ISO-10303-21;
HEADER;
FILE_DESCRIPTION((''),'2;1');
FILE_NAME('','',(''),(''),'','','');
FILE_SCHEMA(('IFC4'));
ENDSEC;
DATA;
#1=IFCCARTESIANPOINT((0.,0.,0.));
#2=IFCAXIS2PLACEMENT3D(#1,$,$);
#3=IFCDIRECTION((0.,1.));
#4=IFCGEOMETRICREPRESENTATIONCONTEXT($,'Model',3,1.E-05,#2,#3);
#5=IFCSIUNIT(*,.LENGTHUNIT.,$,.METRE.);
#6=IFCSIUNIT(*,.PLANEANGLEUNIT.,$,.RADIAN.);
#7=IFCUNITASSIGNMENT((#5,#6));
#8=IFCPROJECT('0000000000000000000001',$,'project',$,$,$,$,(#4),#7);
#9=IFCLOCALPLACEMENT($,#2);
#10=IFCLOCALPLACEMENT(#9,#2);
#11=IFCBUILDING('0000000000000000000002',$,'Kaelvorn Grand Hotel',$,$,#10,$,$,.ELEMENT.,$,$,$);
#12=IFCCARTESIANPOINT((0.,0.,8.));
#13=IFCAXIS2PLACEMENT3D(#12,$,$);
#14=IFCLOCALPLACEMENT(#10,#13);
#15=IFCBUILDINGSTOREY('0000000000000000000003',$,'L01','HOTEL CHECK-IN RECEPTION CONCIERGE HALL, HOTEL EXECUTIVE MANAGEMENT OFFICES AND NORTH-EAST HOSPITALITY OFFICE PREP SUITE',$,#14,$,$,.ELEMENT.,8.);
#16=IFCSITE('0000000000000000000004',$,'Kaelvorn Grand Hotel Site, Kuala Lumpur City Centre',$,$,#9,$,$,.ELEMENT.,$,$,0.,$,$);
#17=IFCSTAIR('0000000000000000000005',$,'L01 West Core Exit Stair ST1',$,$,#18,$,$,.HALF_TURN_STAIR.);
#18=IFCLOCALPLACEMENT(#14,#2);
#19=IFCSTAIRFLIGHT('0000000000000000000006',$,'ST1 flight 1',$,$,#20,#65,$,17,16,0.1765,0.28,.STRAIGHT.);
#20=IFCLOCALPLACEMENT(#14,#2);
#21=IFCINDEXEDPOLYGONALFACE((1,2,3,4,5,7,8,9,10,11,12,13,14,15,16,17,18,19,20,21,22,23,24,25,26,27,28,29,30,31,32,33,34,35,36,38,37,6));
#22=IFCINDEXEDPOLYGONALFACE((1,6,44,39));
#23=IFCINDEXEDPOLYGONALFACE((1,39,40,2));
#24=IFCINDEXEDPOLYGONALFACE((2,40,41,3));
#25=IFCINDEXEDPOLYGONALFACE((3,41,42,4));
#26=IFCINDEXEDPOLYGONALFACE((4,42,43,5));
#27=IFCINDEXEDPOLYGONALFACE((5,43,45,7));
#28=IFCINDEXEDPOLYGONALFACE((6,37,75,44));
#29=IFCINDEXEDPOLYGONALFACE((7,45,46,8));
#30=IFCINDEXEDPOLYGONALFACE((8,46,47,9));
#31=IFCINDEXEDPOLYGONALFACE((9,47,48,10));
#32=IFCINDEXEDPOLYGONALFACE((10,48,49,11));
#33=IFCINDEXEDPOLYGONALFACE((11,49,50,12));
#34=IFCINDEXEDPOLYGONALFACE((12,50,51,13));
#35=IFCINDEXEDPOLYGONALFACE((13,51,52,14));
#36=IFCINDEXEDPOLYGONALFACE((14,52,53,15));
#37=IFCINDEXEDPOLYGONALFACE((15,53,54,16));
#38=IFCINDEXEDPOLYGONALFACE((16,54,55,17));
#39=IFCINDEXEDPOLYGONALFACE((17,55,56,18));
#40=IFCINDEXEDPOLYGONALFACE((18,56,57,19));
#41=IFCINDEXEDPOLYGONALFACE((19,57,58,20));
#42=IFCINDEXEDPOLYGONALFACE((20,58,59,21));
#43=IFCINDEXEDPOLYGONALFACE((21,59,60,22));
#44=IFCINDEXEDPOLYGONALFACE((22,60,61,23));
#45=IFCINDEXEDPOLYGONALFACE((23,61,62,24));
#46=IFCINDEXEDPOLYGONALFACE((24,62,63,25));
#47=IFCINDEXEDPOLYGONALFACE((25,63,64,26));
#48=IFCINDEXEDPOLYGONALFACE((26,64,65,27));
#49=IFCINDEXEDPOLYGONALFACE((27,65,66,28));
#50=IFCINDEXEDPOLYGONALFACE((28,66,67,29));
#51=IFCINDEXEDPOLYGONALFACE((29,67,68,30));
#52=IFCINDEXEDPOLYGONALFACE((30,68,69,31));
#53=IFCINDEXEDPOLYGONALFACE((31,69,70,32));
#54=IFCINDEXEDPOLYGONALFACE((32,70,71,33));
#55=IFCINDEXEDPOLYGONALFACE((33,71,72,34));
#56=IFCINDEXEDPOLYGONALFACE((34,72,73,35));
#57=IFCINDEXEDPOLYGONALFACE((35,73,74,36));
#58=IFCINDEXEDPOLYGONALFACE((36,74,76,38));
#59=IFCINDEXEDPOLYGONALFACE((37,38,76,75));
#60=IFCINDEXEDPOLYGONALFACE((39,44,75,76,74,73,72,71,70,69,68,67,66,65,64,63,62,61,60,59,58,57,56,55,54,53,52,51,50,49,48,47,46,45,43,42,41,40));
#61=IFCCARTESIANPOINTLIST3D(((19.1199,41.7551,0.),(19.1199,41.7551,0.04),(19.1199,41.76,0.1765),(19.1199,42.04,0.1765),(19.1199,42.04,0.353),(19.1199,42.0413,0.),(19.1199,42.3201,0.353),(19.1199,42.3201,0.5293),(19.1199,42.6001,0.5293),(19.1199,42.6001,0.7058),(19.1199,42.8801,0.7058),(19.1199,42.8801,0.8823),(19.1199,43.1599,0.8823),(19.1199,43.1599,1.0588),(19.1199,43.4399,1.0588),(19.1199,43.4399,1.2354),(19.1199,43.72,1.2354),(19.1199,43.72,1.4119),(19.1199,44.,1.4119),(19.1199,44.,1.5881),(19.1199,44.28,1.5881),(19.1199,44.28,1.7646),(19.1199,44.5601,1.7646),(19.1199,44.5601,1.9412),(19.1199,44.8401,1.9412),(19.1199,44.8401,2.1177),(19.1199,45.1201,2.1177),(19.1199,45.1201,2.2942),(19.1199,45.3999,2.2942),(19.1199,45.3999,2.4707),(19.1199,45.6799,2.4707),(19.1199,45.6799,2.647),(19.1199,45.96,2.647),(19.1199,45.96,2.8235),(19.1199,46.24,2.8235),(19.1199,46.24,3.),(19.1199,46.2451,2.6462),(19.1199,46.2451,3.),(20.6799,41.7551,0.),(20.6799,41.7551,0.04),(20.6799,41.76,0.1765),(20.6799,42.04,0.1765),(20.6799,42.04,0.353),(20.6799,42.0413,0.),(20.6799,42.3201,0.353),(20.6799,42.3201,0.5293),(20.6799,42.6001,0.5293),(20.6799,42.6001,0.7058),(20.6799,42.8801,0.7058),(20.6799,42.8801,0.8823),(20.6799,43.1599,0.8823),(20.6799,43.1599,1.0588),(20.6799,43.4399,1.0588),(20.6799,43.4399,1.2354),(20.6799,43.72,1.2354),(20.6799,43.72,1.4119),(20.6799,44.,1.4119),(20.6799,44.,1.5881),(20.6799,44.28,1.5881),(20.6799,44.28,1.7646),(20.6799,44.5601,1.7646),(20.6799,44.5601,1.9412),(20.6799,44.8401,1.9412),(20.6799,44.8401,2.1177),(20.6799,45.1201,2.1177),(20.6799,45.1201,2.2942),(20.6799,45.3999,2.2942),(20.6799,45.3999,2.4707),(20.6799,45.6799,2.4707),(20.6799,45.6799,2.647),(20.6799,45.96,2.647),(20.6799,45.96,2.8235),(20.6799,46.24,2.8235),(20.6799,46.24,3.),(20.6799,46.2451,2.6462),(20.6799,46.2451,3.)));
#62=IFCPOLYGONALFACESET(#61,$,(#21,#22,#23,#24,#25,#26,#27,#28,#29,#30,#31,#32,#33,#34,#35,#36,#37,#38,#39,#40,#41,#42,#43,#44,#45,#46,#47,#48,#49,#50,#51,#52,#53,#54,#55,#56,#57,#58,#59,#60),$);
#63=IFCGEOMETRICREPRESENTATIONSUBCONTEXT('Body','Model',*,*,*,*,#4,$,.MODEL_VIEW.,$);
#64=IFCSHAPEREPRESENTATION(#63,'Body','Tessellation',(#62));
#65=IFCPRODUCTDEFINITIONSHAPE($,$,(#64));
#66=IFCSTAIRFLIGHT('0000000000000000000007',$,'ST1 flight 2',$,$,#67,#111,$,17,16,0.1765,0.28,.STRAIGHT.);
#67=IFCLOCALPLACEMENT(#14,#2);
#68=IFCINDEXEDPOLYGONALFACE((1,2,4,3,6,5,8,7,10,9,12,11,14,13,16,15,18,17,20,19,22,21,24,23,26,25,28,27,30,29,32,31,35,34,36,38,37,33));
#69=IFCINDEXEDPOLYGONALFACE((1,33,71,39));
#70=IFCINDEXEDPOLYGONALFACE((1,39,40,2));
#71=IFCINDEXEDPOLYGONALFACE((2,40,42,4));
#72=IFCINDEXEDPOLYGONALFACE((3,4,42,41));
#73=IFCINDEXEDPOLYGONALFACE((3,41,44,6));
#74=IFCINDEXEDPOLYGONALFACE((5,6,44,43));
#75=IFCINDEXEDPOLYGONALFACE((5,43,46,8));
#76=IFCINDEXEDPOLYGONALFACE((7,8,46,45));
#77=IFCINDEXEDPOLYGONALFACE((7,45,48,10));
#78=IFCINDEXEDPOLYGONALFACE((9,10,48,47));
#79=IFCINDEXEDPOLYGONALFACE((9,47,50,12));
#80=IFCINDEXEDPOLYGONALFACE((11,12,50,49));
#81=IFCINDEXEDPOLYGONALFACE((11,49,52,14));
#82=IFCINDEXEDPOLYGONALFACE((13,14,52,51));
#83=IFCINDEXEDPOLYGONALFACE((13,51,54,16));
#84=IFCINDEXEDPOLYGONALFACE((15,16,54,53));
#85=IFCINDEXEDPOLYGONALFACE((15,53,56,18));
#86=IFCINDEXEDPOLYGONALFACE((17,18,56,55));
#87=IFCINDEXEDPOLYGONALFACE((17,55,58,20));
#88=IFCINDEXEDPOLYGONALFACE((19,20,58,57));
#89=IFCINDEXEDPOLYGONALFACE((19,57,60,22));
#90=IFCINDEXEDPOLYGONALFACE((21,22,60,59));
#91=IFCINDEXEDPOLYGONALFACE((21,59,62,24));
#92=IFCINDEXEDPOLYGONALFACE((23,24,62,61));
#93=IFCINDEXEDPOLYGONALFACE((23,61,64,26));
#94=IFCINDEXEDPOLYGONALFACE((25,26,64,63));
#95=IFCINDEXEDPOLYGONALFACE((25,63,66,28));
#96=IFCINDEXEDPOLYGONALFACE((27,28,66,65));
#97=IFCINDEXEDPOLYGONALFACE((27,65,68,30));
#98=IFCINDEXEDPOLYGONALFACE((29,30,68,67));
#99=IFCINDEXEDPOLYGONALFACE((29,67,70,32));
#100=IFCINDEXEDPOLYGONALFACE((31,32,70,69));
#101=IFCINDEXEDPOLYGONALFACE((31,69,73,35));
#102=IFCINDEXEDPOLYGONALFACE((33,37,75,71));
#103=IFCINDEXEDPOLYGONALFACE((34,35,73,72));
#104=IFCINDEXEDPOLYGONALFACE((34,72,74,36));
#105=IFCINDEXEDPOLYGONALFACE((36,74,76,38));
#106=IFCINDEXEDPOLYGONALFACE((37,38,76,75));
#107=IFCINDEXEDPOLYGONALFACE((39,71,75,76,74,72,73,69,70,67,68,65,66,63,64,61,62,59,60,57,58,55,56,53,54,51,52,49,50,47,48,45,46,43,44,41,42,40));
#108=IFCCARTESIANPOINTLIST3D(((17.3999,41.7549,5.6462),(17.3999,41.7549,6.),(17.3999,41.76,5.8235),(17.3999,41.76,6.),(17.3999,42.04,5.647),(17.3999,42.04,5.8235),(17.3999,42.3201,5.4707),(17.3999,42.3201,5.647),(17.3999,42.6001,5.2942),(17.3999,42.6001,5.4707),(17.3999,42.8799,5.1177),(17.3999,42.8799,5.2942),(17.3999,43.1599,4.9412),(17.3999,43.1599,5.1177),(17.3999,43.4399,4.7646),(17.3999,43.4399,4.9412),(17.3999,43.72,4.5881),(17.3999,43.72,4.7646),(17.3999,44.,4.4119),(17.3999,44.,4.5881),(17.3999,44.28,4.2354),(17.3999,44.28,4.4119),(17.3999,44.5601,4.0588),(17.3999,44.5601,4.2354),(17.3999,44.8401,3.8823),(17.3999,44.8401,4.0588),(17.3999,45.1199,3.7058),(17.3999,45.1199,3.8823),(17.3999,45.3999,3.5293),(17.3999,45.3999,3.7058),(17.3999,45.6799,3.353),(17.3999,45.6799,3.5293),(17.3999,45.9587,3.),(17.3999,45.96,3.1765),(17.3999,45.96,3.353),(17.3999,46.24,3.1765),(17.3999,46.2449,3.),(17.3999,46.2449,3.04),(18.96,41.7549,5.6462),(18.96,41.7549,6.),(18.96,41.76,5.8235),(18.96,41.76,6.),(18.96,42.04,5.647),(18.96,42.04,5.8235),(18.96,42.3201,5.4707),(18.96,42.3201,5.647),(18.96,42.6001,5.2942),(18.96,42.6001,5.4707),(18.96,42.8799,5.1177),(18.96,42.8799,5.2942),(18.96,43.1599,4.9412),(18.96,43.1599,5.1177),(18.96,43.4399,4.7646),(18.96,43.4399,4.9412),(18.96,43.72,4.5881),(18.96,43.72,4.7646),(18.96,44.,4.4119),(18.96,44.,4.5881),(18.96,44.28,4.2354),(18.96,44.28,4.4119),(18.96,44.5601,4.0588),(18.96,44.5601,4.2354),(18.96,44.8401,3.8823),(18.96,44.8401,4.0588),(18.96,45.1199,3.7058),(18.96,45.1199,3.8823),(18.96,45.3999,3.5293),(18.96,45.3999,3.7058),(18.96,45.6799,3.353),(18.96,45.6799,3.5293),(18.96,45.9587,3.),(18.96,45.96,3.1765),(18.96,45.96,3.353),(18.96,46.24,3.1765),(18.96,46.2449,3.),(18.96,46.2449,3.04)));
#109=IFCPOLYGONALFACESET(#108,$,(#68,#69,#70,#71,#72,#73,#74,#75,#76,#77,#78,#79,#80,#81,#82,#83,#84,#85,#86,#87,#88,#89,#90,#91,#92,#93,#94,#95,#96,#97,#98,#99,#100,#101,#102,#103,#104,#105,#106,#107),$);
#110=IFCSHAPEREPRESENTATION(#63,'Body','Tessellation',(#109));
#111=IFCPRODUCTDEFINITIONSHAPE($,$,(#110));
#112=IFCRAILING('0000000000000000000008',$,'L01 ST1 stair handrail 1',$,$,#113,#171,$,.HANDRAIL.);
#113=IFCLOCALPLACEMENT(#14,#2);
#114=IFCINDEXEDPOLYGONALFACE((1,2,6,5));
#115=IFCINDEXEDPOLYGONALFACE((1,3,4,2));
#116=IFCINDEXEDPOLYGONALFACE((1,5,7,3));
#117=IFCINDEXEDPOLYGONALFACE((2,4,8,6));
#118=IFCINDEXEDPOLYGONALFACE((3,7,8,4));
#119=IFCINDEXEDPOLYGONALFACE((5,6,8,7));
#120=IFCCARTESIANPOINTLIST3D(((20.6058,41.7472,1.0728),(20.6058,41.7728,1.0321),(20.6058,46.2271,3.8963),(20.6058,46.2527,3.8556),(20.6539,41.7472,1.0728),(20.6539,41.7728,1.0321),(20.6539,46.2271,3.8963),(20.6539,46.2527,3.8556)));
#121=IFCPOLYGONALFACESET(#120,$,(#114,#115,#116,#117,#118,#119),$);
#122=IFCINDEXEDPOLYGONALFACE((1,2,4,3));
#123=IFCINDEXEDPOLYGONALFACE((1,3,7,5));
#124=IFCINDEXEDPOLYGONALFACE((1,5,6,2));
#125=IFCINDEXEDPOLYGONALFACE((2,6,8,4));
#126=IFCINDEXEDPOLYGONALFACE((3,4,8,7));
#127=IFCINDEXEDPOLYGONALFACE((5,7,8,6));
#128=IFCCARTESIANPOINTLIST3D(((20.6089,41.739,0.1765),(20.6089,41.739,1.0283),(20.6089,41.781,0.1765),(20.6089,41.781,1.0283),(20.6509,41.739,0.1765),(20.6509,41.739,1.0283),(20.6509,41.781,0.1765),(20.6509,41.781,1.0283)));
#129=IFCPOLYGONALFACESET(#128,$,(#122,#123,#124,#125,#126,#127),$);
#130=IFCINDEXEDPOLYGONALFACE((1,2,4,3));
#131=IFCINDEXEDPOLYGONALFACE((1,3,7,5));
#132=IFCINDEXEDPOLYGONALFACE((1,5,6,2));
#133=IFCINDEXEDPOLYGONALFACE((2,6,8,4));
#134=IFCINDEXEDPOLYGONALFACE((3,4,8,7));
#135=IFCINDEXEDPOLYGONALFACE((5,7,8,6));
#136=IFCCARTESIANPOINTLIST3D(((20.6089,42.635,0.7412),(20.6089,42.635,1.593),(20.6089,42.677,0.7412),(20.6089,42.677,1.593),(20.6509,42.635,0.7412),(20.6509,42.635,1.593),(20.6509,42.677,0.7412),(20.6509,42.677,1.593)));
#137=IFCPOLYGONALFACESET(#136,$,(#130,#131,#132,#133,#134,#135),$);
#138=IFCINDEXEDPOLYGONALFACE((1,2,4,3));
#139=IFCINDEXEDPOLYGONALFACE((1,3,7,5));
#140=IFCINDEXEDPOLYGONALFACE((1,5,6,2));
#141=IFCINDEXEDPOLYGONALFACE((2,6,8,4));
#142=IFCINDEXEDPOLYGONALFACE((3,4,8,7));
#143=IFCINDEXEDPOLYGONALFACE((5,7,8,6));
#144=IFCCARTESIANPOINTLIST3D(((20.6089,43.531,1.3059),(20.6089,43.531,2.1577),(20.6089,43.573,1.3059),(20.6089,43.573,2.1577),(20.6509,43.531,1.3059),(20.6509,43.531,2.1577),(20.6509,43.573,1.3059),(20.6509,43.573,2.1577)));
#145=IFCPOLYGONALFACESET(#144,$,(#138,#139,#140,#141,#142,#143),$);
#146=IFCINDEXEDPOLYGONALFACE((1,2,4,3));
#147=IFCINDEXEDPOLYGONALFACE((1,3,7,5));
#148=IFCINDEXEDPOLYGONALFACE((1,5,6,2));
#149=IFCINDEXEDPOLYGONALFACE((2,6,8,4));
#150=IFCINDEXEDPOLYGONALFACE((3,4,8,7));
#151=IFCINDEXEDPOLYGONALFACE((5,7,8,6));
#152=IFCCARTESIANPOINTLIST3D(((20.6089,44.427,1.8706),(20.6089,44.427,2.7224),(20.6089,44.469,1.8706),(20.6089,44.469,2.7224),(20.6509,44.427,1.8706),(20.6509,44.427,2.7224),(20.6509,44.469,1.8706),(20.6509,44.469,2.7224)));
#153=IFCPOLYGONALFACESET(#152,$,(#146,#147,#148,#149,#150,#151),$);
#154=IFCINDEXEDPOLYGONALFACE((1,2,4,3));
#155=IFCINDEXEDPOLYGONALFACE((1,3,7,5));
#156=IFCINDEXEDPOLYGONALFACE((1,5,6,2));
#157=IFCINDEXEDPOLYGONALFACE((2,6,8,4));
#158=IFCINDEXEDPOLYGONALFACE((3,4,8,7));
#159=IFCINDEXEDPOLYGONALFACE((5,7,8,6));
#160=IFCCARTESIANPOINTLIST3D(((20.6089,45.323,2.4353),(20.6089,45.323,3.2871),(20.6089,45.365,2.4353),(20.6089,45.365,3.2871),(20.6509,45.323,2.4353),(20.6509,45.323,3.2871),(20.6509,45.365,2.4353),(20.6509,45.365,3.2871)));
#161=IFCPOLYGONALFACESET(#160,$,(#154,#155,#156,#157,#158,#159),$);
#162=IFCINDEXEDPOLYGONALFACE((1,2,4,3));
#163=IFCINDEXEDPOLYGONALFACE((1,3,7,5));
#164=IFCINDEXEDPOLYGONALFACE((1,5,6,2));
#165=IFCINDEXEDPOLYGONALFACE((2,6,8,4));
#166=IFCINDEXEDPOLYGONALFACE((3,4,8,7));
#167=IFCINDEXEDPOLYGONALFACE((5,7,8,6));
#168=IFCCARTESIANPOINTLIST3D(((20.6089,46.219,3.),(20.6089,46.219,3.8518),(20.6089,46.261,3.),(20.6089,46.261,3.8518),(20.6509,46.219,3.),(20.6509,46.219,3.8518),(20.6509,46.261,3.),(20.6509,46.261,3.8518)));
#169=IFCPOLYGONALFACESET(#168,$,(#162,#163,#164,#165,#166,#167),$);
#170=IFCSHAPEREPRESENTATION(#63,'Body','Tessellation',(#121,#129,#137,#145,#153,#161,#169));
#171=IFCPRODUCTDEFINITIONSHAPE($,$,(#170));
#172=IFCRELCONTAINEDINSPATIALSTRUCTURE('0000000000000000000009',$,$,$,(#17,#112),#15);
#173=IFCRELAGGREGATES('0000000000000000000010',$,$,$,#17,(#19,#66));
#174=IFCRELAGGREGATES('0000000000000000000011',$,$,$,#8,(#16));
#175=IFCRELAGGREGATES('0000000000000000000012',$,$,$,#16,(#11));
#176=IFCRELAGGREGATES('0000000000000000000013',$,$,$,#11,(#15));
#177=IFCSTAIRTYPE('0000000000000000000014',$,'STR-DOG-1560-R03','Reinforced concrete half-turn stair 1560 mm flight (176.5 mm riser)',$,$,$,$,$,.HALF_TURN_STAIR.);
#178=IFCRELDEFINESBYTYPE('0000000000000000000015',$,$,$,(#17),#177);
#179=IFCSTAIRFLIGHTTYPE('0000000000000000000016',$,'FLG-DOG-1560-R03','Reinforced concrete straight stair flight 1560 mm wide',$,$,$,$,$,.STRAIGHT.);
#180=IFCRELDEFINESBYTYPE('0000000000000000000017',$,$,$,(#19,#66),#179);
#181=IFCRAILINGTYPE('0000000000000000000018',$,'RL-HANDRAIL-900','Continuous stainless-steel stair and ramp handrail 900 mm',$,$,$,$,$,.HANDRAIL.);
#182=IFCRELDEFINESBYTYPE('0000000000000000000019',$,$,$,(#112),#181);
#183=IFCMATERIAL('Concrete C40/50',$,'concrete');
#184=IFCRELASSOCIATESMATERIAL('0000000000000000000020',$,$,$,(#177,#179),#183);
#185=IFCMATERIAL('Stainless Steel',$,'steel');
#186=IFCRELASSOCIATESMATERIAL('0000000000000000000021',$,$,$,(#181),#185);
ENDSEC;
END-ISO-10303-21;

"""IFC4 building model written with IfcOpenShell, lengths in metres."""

from ifc_helpers import new_model, si_unit, direction, frame, origin, origin_2d, place, context, subcontext, project, spatial, polyline, rectangle, outline, extrude, material, type_object, element, aggregate, save


model = new_model("IFC4")

# Units and contexts
model_context = context("Model", 3, precision=1e-05, world=origin(), true_north=direction((0.0, 1.0)))
body_context = subcontext(model_context, "Body", "Model", "MODEL_VIEW")
ifc_project = project(units=[si_unit("LENGTHUNIT", "METRE"), si_unit("PLANEANGLEUNIT", "RADIAN")], contexts=[model_context])

# Site, building, storey
site_placement = place(None, origin())
site = spatial("IfcSite", under=ifc_project, at=site_placement, Name="Kaelvorn Grand Hotel Site, Kuala Lumpur City Centre", CompositionType="ELEMENT", RefElevation=0.0)
building_placement = place(site_placement, origin())
building = spatial("IfcBuilding", under=site, at=building_placement, Name="Kaelvorn Grand Hotel", CompositionType="ELEMENT")
storey_placement = place(building_placement, frame((0.0, 0.0, 8.0)))
storey = spatial("IfcBuildingStorey", under=building, at=storey_placement, Name="L01", Description="HOTEL CHECK-IN RECEPTION CONCIERGE HALL, HOTEL EXECUTIVE MANAGEMENT OFFICES AND NORTH-EAST HOSPITALITY OFFICE PREP SUITE", CompositionType="ELEMENT", Elevation=8.0)

# Shared definitions
ifc_material_1 = material(Name="Concrete C40/50", Category="concrete")

# Shared definitions
ifc_material_2 = material(Name="Stainless Steel", Category="steel")

# Stair, stair flights
stair_type = type_object("IfcStairType", Name="STR-DOG-1560-R03", Description="Reinforced concrete half-turn stair 1560 mm flight (176.5 mm riser)", PredefinedType="HALF_TURN_STAIR", material=ifc_material_1)
stair_placement = place(storey_placement, origin())
stair = element("IfcStair", 1, at=stair_placement, inside=storey, type_object=stair_type, Name="L01 West Core Exit Stair ST1", PredefinedType="HALF_TURN_STAIR")
stair_flight_type = type_object("IfcStairFlightType", Name="FLG-DOG-1560-R03", Description="Reinforced concrete straight stair flight 1560 mm wide", PredefinedType="STRAIGHT", material=ifc_material_1)
stair_flight_1_placement = place(storey_placement, frame((19.8999, 41.76, 0.0), z_axis=(0.0, 0.0, 1.0), x_axis=(0.0, 1.0, 0.0)))
stair_flight_1 = element("IfcStairFlight", 2, at=stair_flight_1_placement, type_object=stair_flight_type, Name="ST1 flight 1", NumberOfRisers=17, NumberOfTreads=16, PredefinedType="STRAIGHT", RiserHeight=0.1765, TreadLength=0.28, context=body_context, shape_type="SweptSolid", body=[
    extrude(outline(polyline([(-0.0049, 0.0), (-0.0049, 0.04), (0.0, 0.1765), (0.28, 0.1765), (0.28, 0.353), (0.5601, 0.353), (0.5601, 0.5293), (0.8401, 0.5293), (0.8401, 0.7058), (1.1201, 0.7058), (1.1201, 0.8823), (1.3999, 0.8823), (1.3999, 1.0588), (1.6799, 1.0588), (1.6799, 1.2354), (1.96, 1.2354), (1.96, 1.4119), (2.24, 1.4119), (2.24, 1.5881), (2.52, 1.5881), (2.52, 1.7646), (2.8, 1.7646), (2.8, 1.9412), (3.0801, 1.9412), (3.0801, 2.1177), (3.3601, 2.1177), (3.3601, 2.2942), (3.6399, 2.2942), (3.6399, 2.4707), (3.9199, 2.4707), (3.9199, 2.647), (4.2, 2.647), (4.2, 2.8235), (4.48, 2.8235), (4.48, 3.0), (4.4851, 3.0), (4.4851, 2.6462), (0.2812, 0.0), (-0.0049, 0.0)])), frame((0.0, 0.78, 0.0), z_axis=(0.0, -1.0, 0.0), x_axis=(1.0, 0.0, 0.0)), (0.0, 0.0, 1.0), 1.5601),
])
stair_flight_2_placement = place(storey_placement, frame((18.1799, 46.24, 3.0), z_axis=(0.0, 0.0, 1.0), x_axis=(0.0, -1.0, 0.0)))
stair_flight_2 = element("IfcStairFlight", 3, at=stair_flight_2_placement, type_object=stair_flight_type, Name="ST1 flight 2", NumberOfRisers=17, NumberOfTreads=16, PredefinedType="STRAIGHT", RiserHeight=0.1765, TreadLength=0.28, context=body_context, shape_type="SweptSolid", body=[
    extrude(outline(polyline([(-0.0049, 0.0), (-0.0049, 0.04), (0.0, 0.1765), (0.28, 0.1765), (0.28, 0.353), (0.5601, 0.353), (0.5601, 0.5293), (0.8401, 0.5293), (0.8401, 0.7058), (1.1201, 0.7058), (1.1201, 0.8823), (1.3999, 0.8823), (1.3999, 1.0588), (1.6799, 1.0588), (1.6799, 1.2354), (1.96, 1.2354), (1.96, 1.4119), (2.24, 1.4119), (2.24, 1.5881), (2.52, 1.5881), (2.52, 1.7646), (2.8, 1.7646), (2.8, 1.9412), (3.0801, 1.9412), (3.0801, 2.1177), (3.3601, 2.1177), (3.3601, 2.2942), (3.6399, 2.2942), (3.6399, 2.4707), (3.9199, 2.4707), (3.9199, 2.647), (4.2, 2.647), (4.2, 2.8235), (4.48, 2.8235), (4.48, 3.0), (4.4851, 3.0), (4.4851, 2.6462), (0.2812, 0.0), (-0.0049, 0.0)])), frame((0.0, 0.78, 0.0), z_axis=(0.0, -1.0, 0.0), x_axis=(1.0, 0.0, 0.0)), (0.0, 0.0, 1.0), 1.5601),
])
aggregate(stair, [stair_flight_1, stair_flight_2])

# Railing
railing_type_1 = type_object("IfcRailingType", Name="RL-HANDRAIL-900", Description="Continuous stainless-steel stair and ramp handrail 900 mm", PredefinedType="HANDRAIL", material=ifc_material_2)
railing_1_placement = place(storey_placement, frame((20.6299, 41.76, 0.1765)))
element("IfcRailing", 4, at=railing_1_placement, inside=storey, type_object=railing_type_1, Name="L01 ST1 stair handrail 1", PredefinedType="HANDRAIL", context=body_context, shape_type="SweptSolid", body=[
    extrude(rectangle(XDim=0.0481, YDim=0.0481, at=origin_2d()), frame((0.0, 0.0, 0.876), z_axis=(0.0, 0.845998, 0.533186), x_axis=(-1.0, 0.0, 0.0)), (0.0, 0.0, 1.0), 5.2954),
    extrude(rectangle(XDim=0.042, YDim=0.042, at=origin_2d()), origin(), (0.0, 0.0, 1.0), 0.8518),
    extrude(rectangle(XDim=0.042, YDim=0.042, at=origin_2d()), frame((0.0, 0.896, 0.5647)), (0.0, 0.0, 1.0), 0.8518),
    extrude(rectangle(XDim=0.042, YDim=0.042, at=origin_2d()), frame((0.0, 1.792, 1.1294)), (0.0, 0.0, 1.0), 0.8518),
    extrude(rectangle(XDim=0.042, YDim=0.042, at=origin_2d()), frame((0.0, 2.688, 1.6941)), (0.0, 0.0, 1.0), 0.8518),
    extrude(rectangle(XDim=0.042, YDim=0.042, at=origin_2d()), frame((0.0, 3.584, 2.2588)), (0.0, 0.0, 1.0), 0.8518),
    extrude(rectangle(XDim=0.042, YDim=0.042, at=origin_2d()), frame((0.0, 4.48, 2.8235)), (0.0, 0.0, 1.0), 0.8518),
])

save(model, "model.ifc")
